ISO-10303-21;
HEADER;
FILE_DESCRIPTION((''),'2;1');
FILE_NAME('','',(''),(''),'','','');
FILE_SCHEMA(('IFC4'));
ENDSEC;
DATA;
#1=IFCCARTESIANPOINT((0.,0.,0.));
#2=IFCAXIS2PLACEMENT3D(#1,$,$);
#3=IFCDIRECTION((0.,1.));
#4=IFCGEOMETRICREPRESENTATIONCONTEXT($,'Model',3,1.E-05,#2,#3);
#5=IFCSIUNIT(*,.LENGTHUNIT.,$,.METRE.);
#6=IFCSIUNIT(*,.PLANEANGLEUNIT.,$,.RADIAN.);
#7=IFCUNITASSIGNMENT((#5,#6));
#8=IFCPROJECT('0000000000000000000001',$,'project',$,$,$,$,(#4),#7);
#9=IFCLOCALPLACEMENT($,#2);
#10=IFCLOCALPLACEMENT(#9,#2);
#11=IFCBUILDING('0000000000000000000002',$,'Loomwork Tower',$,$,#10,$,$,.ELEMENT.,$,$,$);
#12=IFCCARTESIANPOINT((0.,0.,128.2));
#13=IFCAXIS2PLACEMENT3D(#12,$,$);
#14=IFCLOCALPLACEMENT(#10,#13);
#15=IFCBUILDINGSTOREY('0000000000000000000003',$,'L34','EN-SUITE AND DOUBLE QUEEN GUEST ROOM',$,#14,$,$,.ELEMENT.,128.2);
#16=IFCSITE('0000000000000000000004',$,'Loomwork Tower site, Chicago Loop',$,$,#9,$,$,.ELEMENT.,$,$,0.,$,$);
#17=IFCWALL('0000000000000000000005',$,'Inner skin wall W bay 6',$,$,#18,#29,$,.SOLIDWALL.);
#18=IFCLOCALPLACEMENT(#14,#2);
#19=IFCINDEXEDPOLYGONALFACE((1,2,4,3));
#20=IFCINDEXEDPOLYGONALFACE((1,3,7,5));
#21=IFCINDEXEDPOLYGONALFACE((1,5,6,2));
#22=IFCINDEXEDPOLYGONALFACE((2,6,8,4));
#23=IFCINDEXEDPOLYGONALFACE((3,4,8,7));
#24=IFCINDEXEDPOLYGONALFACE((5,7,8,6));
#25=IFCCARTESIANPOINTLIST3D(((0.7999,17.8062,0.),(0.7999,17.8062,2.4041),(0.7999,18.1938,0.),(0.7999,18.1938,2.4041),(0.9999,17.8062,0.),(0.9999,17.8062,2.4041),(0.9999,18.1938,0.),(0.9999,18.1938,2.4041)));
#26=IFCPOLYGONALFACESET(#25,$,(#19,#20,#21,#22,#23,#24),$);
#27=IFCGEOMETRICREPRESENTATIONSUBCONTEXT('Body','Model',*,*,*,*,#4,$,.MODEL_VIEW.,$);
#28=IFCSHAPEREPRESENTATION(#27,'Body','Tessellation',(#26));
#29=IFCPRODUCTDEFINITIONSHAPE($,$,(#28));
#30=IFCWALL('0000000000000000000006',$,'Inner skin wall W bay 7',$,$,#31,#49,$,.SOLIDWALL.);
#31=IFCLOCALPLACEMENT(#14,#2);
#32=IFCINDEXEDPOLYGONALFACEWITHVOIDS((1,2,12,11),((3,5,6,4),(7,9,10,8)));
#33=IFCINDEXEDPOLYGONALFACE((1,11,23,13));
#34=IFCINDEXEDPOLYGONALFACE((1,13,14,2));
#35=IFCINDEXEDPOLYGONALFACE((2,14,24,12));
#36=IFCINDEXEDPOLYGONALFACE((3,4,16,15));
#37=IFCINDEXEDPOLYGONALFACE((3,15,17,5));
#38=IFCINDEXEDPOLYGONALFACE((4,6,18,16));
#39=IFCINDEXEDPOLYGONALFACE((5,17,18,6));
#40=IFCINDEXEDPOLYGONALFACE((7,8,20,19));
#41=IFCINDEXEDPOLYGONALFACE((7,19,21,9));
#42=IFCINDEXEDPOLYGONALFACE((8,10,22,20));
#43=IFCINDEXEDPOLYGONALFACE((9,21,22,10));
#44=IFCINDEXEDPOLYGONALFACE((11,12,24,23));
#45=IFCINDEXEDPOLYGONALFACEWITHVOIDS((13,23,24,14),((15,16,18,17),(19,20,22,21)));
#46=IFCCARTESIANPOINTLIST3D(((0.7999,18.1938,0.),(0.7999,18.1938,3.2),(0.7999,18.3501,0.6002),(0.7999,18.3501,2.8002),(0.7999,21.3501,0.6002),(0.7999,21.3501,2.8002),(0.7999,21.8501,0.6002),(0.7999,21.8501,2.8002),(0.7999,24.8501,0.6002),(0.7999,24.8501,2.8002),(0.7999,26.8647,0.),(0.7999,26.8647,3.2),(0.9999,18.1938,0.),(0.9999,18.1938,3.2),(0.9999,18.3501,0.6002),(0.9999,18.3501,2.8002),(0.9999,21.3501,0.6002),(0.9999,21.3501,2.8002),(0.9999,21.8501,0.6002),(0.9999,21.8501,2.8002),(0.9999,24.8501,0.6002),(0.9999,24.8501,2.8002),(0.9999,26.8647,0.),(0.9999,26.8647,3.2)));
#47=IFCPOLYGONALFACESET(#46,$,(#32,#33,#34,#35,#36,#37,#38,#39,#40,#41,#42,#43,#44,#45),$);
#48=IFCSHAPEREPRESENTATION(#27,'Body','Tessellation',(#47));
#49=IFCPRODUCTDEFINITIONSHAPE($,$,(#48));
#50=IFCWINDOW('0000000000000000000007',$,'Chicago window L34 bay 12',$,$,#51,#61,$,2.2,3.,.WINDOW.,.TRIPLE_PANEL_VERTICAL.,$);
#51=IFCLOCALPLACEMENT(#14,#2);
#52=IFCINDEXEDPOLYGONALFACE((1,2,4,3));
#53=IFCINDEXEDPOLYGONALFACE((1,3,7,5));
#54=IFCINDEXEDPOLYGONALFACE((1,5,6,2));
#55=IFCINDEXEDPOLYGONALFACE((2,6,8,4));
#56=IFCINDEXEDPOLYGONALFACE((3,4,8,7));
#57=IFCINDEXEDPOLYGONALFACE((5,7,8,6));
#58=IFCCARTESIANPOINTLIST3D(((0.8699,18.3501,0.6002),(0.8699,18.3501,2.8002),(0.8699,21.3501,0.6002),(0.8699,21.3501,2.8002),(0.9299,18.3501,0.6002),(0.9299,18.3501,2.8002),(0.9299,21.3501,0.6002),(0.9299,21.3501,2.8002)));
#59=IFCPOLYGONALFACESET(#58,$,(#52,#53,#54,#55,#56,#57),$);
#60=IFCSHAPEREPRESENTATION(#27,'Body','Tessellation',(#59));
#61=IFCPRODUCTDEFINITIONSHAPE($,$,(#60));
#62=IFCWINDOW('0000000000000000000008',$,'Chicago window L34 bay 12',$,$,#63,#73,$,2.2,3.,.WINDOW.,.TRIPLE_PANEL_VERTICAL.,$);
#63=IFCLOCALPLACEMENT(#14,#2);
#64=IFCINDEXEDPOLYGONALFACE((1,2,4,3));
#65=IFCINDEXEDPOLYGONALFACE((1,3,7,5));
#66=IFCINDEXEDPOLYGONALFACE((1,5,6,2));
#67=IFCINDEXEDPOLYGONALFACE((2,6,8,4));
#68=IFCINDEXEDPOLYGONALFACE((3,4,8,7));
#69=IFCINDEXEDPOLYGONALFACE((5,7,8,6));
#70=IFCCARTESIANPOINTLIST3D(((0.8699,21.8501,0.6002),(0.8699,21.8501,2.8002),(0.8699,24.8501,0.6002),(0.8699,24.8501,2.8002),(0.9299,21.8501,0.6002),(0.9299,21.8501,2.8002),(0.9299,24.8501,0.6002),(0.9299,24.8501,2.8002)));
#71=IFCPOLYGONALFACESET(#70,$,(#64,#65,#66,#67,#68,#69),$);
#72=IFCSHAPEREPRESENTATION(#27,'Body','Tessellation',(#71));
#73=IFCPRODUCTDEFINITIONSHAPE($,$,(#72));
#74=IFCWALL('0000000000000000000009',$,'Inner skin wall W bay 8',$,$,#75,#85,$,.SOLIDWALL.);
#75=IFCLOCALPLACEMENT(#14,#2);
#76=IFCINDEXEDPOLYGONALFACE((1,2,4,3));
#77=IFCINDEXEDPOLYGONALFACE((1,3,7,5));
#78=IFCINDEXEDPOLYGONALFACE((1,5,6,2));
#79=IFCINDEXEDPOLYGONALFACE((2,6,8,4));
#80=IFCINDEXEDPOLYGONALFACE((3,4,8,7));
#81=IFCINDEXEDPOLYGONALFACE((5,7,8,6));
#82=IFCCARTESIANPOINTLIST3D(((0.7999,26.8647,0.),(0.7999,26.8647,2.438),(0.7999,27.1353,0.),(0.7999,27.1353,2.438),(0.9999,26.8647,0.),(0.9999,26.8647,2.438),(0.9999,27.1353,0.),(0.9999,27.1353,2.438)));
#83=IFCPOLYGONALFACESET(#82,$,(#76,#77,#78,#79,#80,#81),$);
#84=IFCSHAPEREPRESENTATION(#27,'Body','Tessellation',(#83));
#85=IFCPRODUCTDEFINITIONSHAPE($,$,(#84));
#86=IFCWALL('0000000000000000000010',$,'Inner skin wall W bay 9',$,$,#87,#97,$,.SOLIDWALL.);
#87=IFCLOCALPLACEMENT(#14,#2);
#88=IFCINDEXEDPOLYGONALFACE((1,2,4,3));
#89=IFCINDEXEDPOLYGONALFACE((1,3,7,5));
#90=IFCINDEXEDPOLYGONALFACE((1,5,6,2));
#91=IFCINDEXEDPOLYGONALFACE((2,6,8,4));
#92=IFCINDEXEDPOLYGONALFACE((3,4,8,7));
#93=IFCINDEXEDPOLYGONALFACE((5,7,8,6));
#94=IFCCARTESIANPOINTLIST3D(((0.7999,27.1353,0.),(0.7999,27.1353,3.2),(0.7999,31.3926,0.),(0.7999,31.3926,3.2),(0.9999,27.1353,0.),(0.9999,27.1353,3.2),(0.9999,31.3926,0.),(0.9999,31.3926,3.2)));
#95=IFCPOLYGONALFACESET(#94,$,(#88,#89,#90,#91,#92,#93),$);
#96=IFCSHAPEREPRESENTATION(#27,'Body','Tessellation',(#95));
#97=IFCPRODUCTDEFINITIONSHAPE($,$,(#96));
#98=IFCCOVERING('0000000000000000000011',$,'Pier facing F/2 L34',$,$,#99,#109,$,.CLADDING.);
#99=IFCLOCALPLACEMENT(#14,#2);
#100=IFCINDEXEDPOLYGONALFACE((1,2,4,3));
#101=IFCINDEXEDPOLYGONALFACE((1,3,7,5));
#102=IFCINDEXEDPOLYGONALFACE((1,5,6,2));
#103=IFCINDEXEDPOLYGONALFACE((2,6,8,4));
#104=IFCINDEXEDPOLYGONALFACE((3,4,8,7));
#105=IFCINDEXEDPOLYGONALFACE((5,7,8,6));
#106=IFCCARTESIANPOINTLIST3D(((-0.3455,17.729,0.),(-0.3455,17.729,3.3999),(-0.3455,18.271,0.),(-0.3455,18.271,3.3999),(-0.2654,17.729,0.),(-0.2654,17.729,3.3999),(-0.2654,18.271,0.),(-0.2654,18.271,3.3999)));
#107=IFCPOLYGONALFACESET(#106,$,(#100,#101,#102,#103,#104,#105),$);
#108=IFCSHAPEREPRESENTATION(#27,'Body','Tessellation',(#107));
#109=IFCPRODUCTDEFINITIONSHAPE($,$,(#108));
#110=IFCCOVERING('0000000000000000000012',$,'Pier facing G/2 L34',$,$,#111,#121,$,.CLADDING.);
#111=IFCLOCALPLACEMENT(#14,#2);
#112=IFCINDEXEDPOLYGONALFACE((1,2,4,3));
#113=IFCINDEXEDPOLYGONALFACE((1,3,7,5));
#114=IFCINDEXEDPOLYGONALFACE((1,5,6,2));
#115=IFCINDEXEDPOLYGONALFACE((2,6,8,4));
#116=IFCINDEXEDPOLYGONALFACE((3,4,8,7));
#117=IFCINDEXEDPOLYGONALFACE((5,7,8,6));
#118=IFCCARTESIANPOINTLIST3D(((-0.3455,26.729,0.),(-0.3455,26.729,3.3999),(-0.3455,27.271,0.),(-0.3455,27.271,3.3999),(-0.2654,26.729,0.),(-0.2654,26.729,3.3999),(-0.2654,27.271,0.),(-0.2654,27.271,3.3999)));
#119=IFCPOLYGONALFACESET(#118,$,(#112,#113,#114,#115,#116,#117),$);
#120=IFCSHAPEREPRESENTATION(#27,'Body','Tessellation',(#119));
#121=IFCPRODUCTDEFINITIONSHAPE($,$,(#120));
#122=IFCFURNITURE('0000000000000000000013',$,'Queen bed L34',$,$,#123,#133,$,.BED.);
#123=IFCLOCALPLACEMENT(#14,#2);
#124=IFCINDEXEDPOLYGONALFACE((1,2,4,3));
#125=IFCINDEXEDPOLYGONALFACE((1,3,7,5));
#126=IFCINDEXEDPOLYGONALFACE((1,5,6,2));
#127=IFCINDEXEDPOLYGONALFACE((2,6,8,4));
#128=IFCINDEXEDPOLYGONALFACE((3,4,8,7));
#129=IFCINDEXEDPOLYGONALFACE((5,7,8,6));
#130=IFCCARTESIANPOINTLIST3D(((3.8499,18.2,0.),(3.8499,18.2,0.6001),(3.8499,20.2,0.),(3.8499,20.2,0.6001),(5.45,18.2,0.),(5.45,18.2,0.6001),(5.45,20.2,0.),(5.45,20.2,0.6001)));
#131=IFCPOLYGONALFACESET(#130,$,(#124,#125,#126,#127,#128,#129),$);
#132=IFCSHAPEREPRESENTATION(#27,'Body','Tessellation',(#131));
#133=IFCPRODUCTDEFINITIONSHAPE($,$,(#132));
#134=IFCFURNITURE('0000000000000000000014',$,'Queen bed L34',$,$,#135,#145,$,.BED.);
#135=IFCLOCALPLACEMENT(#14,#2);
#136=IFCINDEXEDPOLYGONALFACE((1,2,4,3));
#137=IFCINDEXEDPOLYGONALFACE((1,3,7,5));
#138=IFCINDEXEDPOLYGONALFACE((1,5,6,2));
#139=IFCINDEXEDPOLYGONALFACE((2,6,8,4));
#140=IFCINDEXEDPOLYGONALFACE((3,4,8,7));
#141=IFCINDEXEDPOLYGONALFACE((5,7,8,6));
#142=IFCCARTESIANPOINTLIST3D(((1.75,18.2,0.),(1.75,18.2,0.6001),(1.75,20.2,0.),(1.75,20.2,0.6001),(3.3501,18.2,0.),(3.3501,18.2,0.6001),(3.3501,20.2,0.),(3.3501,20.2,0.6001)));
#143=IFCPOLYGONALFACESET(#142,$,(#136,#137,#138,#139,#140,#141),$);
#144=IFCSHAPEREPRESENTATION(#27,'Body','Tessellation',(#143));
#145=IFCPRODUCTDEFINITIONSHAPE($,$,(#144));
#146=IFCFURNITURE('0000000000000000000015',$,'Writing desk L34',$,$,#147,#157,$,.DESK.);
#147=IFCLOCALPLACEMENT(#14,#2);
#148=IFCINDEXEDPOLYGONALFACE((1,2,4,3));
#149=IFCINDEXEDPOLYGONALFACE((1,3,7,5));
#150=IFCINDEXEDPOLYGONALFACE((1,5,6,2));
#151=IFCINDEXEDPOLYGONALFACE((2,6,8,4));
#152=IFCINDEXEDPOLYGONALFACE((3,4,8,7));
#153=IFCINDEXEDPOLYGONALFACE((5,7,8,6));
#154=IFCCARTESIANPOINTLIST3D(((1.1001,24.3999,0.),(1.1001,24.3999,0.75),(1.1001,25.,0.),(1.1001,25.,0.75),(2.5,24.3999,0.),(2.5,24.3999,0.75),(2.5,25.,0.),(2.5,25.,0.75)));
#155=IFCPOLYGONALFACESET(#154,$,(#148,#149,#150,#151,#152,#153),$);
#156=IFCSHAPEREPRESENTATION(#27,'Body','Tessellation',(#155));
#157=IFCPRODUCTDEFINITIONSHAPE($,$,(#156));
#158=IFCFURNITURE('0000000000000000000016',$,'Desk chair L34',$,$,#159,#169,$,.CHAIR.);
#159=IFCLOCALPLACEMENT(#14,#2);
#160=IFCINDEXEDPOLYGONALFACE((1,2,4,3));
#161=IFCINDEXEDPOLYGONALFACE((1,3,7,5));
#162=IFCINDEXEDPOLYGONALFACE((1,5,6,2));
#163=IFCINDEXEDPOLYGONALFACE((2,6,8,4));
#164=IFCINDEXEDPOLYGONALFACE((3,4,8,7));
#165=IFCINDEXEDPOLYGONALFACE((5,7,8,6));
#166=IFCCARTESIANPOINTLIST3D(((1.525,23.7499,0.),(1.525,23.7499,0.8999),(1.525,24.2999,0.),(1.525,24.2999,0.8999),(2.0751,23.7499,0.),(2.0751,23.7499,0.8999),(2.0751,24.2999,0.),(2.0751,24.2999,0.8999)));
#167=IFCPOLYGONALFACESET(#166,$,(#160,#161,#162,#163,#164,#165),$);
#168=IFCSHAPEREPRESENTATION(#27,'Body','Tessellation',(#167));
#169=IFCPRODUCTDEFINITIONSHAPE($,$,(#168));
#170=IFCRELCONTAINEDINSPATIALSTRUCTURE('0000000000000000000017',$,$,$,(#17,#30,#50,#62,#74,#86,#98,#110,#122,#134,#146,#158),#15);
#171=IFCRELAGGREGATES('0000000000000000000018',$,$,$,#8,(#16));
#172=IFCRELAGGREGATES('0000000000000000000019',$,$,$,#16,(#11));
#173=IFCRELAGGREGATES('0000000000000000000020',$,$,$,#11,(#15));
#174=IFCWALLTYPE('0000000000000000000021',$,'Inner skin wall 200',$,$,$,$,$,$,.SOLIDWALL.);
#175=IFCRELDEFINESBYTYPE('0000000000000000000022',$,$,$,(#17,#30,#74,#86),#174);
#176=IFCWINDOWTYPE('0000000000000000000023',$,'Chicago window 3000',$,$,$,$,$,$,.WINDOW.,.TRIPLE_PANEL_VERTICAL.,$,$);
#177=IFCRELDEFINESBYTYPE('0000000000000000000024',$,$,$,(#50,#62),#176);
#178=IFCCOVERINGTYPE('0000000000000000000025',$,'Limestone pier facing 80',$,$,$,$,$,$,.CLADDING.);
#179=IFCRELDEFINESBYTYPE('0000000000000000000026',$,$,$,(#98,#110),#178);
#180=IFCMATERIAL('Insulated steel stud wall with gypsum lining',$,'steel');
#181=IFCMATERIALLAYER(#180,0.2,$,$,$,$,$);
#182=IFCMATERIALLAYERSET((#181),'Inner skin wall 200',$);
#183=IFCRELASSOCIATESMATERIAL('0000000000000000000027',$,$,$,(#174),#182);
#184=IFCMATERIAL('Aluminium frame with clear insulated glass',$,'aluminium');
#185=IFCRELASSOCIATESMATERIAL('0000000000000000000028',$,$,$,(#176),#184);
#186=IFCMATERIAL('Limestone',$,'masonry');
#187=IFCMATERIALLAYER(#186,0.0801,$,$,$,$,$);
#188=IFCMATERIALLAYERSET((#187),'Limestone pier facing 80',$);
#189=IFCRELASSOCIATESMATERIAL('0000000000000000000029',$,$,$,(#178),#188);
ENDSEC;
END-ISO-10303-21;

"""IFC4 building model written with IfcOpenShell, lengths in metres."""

from ifc_helpers import new_model, si_unit, direction, frame, frame_2d, origin, origin_2d, place, context, subcontext, project, spatial, rectangle, extrude, material, layer, layer_set, type_object, element, fill, save


model = new_model("IFC4")

# Units and contexts
model_context = context("Model", 3, precision=1e-05, world=origin(), true_north=direction((0.0, 1.0)))
body_context = subcontext(model_context, "Body", "Model", "MODEL_VIEW")
ifc_project = project(units=[si_unit("LENGTHUNIT", "METRE"), si_unit("PLANEANGLEUNIT", "RADIAN")], contexts=[model_context])

# Site, building, storey
site_placement = place(None, origin())
site = spatial("IfcSite", under=ifc_project, at=site_placement, Name="Loomwork Tower site, Chicago Loop", CompositionType="ELEMENT", RefElevation=0.0)
building_placement = place(site_placement, origin())
building = spatial("IfcBuilding", under=site, at=building_placement, Name="Loomwork Tower", CompositionType="ELEMENT")
storey_placement = place(building_placement, frame((0.0, 0.0, 128.2)))
storey = spatial("IfcBuildingStorey", under=building, at=storey_placement, Name="L34", Description="EN-SUITE AND DOUBLE QUEEN GUEST ROOM", CompositionType="ELEMENT", Elevation=128.2)

# Wall
ifc_material_1 = material(Name="Insulated steel stud wall with gypsum lining", Category="steel")
ifc_layer_1 = layer(ifc_material_1, 0.2)
ifc_layer_set_1 = layer_set([ifc_layer_1], Name="Inner skin wall 200")
wall_type_1 = type_object("IfcWallType", Name="Inner skin wall 200", PredefinedType="SOLIDWALL", material=ifc_layer_set_1)
wall_1_placement = place(storey_placement, frame((0.8999, 17.8062, 0.0), z_axis=(0.0, 0.0, 1.0), x_axis=(0.0, 1.0, 0.0)))
element("IfcWall", 1, at=wall_1_placement, inside=storey, type_object=wall_type_1, Name="Inner skin wall W bay 6", PredefinedType="SOLIDWALL", context=body_context, shape_type="SweptSolid", body=[
    extrude(rectangle(XDim=0.3877, YDim=0.2, at=frame_2d((0.1938, 0.0))), origin(), (0.0, 0.0, 1.0), 2.4041),
])

# Wall, openings, windows
wall_2_placement = place(storey_placement, frame((0.8999, 18.1938, 0.0), z_axis=(0.0, 0.0, 1.0), x_axis=(0.0, 1.0, 0.0)))
wall_2 = element("IfcWall", 2, at=wall_2_placement, inside=storey, type_object=wall_type_1, Name="Inner skin wall W bay 7", PredefinedType="SOLIDWALL", context=body_context, shape_type="SweptSolid", body=[
    extrude(rectangle(XDim=8.6709, YDim=0.2, at=frame_2d((4.3354, 0.0))), origin(), (0.0, 0.0, 1.0), 3.2),
])
opening_1_placement = place(wall_2_placement, frame((0.1562, 0.0, 0.6001)))
opening_1 = element("IfcOpeningElement", 3, at=opening_1_placement, cuts=wall_2, PredefinedType="OPENING", context=body_context, shape_type="SweptSolid", body=[
    extrude(rectangle(XDim=3.0, YDim=2.2, at=frame_2d((1.5, 1.1001))), frame((0.0, 0.1099, 0.0), z_axis=(0.0, -1.0, 0.0), x_axis=(1.0, 0.0, 0.0)), (0.0, 0.0, 1.0), 0.22),
])
opening_2_placement = place(wall_2_placement, frame((3.6562, 0.0, 0.6001)))
opening_2 = element("IfcOpeningElement", 4, at=opening_2_placement, cuts=wall_2, PredefinedType="OPENING", context=body_context, shape_type="SweptSolid", body=[
    extrude(rectangle(XDim=3.0, YDim=2.2, at=frame_2d((1.5, 1.1001))), frame((0.0, 0.1099, 0.0), z_axis=(0.0, -1.0, 0.0), x_axis=(1.0, 0.0, 0.0)), (0.0, 0.0, 1.0), 0.22),
])
ifc_material_2 = material(Name="Aluminium frame with clear insulated glass", Category="aluminium")
window_type = type_object("IfcWindowType", Name="Chicago window 3000", PartitioningType="TRIPLE_PANEL_VERTICAL", PredefinedType="WINDOW", material=ifc_material_2)
window_1_placement = place(opening_1_placement, origin())
window_1 = element("IfcWindow", 5, at=window_1_placement, inside=storey, type_object=window_type, Name="Chicago window L34 bay 12", OverallHeight=2.2, OverallWidth=3.0, PartitioningType="TRIPLE_PANEL_VERTICAL", PredefinedType="WINDOW", context=body_context, shape_type="SweptSolid", body=[
    extrude(rectangle(XDim=3.0, YDim=2.2, at=frame_2d((1.5, 1.1001))), frame((0.0, 0.03, 0.0), z_axis=(0.0, -1.0, 0.0), x_axis=(1.0, 0.0, 0.0)), (0.0, 0.0, 1.0), 0.0601),
])
fill(opening_1, window_1)
window_2_placement = place(opening_2_placement, origin())
window_2 = element("IfcWindow", 6, at=window_2_placement, inside=storey, type_object=window_type, Name="Chicago window L34 bay 12", OverallHeight=2.2, OverallWidth=3.0, PartitioningType="TRIPLE_PANEL_VERTICAL", PredefinedType="WINDOW", context=body_context, shape_type="SweptSolid", body=[
    extrude(rectangle(XDim=3.0, YDim=2.2, at=frame_2d((1.5, 1.1001))), frame((0.0, 0.03, 0.0), z_axis=(0.0, -1.0, 0.0), x_axis=(1.0, 0.0, 0.0)), (0.0, 0.0, 1.0), 0.0601),
])
fill(opening_2, window_2)

# Walls
wall_3_placement = place(storey_placement, frame((0.8999, 26.8647, 0.0), z_axis=(0.0, 0.0, 1.0), x_axis=(0.0, 1.0, 0.0)))
element("IfcWall", 7, at=wall_3_placement, inside=storey, type_object=wall_type_1, Name="Inner skin wall W bay 8", PredefinedType="SOLIDWALL", context=body_context, shape_type="SweptSolid", body=[
    extrude(rectangle(XDim=0.2705, YDim=0.2, at=frame_2d((0.1353, 0.0))), origin(), (0.0, 0.0, 1.0), 2.438),
])
wall_4_placement = place(storey_placement, frame((0.8999, 27.1353, 0.0), z_axis=(0.0, 0.0, 1.0), x_axis=(0.0, 1.0, 0.0)))
element("IfcWall", 8, at=wall_4_placement, inside=storey, type_object=wall_type_1, Name="Inner skin wall W bay 9", PredefinedType="SOLIDWALL", context=body_context, shape_type="SweptSolid", body=[
    extrude(rectangle(XDim=4.2573, YDim=0.2, at=frame_2d((2.1287, 0.0))), origin(), (0.0, 0.0, 1.0), 3.2),
])

# Coverings
ifc_material_3 = material(Name="Limestone", Category="masonry")
ifc_layer_2 = layer(ifc_material_3, 0.0801)
ifc_layer_set_2 = layer_set([ifc_layer_2], Name="Limestone pier facing 80")
covering_type = type_object("IfcCoveringType", Name="Limestone pier facing 80", PredefinedType="CLADDING", material=ifc_layer_set_2)
for number, where, z_axis, x_axis, name in (
    (9, (-0.3054, 18.0, 0.0), (0.0, 0.0, 1.0), (1.0, 0.0, 0.0), "Pier facing F/2 L34"),
    (10, (-0.3054, 27.0, 0.0), (0.0, 0.0, 1.0), (1.0, 0.0, 0.0), "Pier facing G/2 L34"),
):
    element("IfcCovering", number, at=place(storey_placement, frame(where, z_axis=z_axis, x_axis=x_axis)), inside=storey, type_object=covering_type, Name=name, PredefinedType="CLADDING", context=body_context, shape_type="SweptSolid", body=[
        extrude(rectangle(XDim=0.0801, YDim=0.542, at=origin_2d()), origin(), (0.0, 0.0, 1.0), 3.3999),
    ])

# Furniture
for number, where, z_axis, x_axis, name in (
    (11, (4.6499, 19.2, 0.0), (0.0, 0.0, 1.0), (1.0, 0.0, 0.0), "Queen bed L34"),
    (12, (2.55, 19.2, 0.0), (0.0, 0.0, 1.0), (1.0, 0.0, 0.0), "Queen bed L34"),
):
    element("IfcFurniture", number, at=place(storey_placement, frame(where, z_axis=z_axis, x_axis=x_axis)), inside=storey, Name=name, PredefinedType="BED", context=body_context, shape_type="SweptSolid", body=[
        extrude(rectangle(XDim=1.6001, YDim=2.0, at=origin_2d()), origin(), (0.0, 0.0, 1.0), 0.6001),
    ])
furniture_1_placement = place(storey_placement, frame((1.8, 24.7, 0.0), z_axis=(0.0, 0.0, 1.0), x_axis=(1.0, 0.0, 0.0)))
element("IfcFurniture", 13, at=furniture_1_placement, inside=storey, Name="Writing desk L34", PredefinedType="DESK", context=body_context, shape_type="SweptSolid", body=[
    extrude(rectangle(XDim=1.3999, YDim=0.6001, at=origin_2d()), origin(), (0.0, 0.0, 1.0), 0.75),
])
furniture_2_placement = place(storey_placement, frame((1.8, 24.0249, 0.0), z_axis=(0.0, 0.0, 1.0), x_axis=(1.0, 0.0, 0.0)))
element("IfcFurniture", 14, at=furniture_2_placement, inside=storey, Name="Desk chair L34", PredefinedType="CHAIR", context=body_context, shape_type="SweptSolid", body=[
    extrude(rectangle(XDim=0.55, YDim=0.55, at=origin_2d()), origin(), (0.0, 0.0, 1.0), 0.8999),
])

save(model, "model.ifc")
